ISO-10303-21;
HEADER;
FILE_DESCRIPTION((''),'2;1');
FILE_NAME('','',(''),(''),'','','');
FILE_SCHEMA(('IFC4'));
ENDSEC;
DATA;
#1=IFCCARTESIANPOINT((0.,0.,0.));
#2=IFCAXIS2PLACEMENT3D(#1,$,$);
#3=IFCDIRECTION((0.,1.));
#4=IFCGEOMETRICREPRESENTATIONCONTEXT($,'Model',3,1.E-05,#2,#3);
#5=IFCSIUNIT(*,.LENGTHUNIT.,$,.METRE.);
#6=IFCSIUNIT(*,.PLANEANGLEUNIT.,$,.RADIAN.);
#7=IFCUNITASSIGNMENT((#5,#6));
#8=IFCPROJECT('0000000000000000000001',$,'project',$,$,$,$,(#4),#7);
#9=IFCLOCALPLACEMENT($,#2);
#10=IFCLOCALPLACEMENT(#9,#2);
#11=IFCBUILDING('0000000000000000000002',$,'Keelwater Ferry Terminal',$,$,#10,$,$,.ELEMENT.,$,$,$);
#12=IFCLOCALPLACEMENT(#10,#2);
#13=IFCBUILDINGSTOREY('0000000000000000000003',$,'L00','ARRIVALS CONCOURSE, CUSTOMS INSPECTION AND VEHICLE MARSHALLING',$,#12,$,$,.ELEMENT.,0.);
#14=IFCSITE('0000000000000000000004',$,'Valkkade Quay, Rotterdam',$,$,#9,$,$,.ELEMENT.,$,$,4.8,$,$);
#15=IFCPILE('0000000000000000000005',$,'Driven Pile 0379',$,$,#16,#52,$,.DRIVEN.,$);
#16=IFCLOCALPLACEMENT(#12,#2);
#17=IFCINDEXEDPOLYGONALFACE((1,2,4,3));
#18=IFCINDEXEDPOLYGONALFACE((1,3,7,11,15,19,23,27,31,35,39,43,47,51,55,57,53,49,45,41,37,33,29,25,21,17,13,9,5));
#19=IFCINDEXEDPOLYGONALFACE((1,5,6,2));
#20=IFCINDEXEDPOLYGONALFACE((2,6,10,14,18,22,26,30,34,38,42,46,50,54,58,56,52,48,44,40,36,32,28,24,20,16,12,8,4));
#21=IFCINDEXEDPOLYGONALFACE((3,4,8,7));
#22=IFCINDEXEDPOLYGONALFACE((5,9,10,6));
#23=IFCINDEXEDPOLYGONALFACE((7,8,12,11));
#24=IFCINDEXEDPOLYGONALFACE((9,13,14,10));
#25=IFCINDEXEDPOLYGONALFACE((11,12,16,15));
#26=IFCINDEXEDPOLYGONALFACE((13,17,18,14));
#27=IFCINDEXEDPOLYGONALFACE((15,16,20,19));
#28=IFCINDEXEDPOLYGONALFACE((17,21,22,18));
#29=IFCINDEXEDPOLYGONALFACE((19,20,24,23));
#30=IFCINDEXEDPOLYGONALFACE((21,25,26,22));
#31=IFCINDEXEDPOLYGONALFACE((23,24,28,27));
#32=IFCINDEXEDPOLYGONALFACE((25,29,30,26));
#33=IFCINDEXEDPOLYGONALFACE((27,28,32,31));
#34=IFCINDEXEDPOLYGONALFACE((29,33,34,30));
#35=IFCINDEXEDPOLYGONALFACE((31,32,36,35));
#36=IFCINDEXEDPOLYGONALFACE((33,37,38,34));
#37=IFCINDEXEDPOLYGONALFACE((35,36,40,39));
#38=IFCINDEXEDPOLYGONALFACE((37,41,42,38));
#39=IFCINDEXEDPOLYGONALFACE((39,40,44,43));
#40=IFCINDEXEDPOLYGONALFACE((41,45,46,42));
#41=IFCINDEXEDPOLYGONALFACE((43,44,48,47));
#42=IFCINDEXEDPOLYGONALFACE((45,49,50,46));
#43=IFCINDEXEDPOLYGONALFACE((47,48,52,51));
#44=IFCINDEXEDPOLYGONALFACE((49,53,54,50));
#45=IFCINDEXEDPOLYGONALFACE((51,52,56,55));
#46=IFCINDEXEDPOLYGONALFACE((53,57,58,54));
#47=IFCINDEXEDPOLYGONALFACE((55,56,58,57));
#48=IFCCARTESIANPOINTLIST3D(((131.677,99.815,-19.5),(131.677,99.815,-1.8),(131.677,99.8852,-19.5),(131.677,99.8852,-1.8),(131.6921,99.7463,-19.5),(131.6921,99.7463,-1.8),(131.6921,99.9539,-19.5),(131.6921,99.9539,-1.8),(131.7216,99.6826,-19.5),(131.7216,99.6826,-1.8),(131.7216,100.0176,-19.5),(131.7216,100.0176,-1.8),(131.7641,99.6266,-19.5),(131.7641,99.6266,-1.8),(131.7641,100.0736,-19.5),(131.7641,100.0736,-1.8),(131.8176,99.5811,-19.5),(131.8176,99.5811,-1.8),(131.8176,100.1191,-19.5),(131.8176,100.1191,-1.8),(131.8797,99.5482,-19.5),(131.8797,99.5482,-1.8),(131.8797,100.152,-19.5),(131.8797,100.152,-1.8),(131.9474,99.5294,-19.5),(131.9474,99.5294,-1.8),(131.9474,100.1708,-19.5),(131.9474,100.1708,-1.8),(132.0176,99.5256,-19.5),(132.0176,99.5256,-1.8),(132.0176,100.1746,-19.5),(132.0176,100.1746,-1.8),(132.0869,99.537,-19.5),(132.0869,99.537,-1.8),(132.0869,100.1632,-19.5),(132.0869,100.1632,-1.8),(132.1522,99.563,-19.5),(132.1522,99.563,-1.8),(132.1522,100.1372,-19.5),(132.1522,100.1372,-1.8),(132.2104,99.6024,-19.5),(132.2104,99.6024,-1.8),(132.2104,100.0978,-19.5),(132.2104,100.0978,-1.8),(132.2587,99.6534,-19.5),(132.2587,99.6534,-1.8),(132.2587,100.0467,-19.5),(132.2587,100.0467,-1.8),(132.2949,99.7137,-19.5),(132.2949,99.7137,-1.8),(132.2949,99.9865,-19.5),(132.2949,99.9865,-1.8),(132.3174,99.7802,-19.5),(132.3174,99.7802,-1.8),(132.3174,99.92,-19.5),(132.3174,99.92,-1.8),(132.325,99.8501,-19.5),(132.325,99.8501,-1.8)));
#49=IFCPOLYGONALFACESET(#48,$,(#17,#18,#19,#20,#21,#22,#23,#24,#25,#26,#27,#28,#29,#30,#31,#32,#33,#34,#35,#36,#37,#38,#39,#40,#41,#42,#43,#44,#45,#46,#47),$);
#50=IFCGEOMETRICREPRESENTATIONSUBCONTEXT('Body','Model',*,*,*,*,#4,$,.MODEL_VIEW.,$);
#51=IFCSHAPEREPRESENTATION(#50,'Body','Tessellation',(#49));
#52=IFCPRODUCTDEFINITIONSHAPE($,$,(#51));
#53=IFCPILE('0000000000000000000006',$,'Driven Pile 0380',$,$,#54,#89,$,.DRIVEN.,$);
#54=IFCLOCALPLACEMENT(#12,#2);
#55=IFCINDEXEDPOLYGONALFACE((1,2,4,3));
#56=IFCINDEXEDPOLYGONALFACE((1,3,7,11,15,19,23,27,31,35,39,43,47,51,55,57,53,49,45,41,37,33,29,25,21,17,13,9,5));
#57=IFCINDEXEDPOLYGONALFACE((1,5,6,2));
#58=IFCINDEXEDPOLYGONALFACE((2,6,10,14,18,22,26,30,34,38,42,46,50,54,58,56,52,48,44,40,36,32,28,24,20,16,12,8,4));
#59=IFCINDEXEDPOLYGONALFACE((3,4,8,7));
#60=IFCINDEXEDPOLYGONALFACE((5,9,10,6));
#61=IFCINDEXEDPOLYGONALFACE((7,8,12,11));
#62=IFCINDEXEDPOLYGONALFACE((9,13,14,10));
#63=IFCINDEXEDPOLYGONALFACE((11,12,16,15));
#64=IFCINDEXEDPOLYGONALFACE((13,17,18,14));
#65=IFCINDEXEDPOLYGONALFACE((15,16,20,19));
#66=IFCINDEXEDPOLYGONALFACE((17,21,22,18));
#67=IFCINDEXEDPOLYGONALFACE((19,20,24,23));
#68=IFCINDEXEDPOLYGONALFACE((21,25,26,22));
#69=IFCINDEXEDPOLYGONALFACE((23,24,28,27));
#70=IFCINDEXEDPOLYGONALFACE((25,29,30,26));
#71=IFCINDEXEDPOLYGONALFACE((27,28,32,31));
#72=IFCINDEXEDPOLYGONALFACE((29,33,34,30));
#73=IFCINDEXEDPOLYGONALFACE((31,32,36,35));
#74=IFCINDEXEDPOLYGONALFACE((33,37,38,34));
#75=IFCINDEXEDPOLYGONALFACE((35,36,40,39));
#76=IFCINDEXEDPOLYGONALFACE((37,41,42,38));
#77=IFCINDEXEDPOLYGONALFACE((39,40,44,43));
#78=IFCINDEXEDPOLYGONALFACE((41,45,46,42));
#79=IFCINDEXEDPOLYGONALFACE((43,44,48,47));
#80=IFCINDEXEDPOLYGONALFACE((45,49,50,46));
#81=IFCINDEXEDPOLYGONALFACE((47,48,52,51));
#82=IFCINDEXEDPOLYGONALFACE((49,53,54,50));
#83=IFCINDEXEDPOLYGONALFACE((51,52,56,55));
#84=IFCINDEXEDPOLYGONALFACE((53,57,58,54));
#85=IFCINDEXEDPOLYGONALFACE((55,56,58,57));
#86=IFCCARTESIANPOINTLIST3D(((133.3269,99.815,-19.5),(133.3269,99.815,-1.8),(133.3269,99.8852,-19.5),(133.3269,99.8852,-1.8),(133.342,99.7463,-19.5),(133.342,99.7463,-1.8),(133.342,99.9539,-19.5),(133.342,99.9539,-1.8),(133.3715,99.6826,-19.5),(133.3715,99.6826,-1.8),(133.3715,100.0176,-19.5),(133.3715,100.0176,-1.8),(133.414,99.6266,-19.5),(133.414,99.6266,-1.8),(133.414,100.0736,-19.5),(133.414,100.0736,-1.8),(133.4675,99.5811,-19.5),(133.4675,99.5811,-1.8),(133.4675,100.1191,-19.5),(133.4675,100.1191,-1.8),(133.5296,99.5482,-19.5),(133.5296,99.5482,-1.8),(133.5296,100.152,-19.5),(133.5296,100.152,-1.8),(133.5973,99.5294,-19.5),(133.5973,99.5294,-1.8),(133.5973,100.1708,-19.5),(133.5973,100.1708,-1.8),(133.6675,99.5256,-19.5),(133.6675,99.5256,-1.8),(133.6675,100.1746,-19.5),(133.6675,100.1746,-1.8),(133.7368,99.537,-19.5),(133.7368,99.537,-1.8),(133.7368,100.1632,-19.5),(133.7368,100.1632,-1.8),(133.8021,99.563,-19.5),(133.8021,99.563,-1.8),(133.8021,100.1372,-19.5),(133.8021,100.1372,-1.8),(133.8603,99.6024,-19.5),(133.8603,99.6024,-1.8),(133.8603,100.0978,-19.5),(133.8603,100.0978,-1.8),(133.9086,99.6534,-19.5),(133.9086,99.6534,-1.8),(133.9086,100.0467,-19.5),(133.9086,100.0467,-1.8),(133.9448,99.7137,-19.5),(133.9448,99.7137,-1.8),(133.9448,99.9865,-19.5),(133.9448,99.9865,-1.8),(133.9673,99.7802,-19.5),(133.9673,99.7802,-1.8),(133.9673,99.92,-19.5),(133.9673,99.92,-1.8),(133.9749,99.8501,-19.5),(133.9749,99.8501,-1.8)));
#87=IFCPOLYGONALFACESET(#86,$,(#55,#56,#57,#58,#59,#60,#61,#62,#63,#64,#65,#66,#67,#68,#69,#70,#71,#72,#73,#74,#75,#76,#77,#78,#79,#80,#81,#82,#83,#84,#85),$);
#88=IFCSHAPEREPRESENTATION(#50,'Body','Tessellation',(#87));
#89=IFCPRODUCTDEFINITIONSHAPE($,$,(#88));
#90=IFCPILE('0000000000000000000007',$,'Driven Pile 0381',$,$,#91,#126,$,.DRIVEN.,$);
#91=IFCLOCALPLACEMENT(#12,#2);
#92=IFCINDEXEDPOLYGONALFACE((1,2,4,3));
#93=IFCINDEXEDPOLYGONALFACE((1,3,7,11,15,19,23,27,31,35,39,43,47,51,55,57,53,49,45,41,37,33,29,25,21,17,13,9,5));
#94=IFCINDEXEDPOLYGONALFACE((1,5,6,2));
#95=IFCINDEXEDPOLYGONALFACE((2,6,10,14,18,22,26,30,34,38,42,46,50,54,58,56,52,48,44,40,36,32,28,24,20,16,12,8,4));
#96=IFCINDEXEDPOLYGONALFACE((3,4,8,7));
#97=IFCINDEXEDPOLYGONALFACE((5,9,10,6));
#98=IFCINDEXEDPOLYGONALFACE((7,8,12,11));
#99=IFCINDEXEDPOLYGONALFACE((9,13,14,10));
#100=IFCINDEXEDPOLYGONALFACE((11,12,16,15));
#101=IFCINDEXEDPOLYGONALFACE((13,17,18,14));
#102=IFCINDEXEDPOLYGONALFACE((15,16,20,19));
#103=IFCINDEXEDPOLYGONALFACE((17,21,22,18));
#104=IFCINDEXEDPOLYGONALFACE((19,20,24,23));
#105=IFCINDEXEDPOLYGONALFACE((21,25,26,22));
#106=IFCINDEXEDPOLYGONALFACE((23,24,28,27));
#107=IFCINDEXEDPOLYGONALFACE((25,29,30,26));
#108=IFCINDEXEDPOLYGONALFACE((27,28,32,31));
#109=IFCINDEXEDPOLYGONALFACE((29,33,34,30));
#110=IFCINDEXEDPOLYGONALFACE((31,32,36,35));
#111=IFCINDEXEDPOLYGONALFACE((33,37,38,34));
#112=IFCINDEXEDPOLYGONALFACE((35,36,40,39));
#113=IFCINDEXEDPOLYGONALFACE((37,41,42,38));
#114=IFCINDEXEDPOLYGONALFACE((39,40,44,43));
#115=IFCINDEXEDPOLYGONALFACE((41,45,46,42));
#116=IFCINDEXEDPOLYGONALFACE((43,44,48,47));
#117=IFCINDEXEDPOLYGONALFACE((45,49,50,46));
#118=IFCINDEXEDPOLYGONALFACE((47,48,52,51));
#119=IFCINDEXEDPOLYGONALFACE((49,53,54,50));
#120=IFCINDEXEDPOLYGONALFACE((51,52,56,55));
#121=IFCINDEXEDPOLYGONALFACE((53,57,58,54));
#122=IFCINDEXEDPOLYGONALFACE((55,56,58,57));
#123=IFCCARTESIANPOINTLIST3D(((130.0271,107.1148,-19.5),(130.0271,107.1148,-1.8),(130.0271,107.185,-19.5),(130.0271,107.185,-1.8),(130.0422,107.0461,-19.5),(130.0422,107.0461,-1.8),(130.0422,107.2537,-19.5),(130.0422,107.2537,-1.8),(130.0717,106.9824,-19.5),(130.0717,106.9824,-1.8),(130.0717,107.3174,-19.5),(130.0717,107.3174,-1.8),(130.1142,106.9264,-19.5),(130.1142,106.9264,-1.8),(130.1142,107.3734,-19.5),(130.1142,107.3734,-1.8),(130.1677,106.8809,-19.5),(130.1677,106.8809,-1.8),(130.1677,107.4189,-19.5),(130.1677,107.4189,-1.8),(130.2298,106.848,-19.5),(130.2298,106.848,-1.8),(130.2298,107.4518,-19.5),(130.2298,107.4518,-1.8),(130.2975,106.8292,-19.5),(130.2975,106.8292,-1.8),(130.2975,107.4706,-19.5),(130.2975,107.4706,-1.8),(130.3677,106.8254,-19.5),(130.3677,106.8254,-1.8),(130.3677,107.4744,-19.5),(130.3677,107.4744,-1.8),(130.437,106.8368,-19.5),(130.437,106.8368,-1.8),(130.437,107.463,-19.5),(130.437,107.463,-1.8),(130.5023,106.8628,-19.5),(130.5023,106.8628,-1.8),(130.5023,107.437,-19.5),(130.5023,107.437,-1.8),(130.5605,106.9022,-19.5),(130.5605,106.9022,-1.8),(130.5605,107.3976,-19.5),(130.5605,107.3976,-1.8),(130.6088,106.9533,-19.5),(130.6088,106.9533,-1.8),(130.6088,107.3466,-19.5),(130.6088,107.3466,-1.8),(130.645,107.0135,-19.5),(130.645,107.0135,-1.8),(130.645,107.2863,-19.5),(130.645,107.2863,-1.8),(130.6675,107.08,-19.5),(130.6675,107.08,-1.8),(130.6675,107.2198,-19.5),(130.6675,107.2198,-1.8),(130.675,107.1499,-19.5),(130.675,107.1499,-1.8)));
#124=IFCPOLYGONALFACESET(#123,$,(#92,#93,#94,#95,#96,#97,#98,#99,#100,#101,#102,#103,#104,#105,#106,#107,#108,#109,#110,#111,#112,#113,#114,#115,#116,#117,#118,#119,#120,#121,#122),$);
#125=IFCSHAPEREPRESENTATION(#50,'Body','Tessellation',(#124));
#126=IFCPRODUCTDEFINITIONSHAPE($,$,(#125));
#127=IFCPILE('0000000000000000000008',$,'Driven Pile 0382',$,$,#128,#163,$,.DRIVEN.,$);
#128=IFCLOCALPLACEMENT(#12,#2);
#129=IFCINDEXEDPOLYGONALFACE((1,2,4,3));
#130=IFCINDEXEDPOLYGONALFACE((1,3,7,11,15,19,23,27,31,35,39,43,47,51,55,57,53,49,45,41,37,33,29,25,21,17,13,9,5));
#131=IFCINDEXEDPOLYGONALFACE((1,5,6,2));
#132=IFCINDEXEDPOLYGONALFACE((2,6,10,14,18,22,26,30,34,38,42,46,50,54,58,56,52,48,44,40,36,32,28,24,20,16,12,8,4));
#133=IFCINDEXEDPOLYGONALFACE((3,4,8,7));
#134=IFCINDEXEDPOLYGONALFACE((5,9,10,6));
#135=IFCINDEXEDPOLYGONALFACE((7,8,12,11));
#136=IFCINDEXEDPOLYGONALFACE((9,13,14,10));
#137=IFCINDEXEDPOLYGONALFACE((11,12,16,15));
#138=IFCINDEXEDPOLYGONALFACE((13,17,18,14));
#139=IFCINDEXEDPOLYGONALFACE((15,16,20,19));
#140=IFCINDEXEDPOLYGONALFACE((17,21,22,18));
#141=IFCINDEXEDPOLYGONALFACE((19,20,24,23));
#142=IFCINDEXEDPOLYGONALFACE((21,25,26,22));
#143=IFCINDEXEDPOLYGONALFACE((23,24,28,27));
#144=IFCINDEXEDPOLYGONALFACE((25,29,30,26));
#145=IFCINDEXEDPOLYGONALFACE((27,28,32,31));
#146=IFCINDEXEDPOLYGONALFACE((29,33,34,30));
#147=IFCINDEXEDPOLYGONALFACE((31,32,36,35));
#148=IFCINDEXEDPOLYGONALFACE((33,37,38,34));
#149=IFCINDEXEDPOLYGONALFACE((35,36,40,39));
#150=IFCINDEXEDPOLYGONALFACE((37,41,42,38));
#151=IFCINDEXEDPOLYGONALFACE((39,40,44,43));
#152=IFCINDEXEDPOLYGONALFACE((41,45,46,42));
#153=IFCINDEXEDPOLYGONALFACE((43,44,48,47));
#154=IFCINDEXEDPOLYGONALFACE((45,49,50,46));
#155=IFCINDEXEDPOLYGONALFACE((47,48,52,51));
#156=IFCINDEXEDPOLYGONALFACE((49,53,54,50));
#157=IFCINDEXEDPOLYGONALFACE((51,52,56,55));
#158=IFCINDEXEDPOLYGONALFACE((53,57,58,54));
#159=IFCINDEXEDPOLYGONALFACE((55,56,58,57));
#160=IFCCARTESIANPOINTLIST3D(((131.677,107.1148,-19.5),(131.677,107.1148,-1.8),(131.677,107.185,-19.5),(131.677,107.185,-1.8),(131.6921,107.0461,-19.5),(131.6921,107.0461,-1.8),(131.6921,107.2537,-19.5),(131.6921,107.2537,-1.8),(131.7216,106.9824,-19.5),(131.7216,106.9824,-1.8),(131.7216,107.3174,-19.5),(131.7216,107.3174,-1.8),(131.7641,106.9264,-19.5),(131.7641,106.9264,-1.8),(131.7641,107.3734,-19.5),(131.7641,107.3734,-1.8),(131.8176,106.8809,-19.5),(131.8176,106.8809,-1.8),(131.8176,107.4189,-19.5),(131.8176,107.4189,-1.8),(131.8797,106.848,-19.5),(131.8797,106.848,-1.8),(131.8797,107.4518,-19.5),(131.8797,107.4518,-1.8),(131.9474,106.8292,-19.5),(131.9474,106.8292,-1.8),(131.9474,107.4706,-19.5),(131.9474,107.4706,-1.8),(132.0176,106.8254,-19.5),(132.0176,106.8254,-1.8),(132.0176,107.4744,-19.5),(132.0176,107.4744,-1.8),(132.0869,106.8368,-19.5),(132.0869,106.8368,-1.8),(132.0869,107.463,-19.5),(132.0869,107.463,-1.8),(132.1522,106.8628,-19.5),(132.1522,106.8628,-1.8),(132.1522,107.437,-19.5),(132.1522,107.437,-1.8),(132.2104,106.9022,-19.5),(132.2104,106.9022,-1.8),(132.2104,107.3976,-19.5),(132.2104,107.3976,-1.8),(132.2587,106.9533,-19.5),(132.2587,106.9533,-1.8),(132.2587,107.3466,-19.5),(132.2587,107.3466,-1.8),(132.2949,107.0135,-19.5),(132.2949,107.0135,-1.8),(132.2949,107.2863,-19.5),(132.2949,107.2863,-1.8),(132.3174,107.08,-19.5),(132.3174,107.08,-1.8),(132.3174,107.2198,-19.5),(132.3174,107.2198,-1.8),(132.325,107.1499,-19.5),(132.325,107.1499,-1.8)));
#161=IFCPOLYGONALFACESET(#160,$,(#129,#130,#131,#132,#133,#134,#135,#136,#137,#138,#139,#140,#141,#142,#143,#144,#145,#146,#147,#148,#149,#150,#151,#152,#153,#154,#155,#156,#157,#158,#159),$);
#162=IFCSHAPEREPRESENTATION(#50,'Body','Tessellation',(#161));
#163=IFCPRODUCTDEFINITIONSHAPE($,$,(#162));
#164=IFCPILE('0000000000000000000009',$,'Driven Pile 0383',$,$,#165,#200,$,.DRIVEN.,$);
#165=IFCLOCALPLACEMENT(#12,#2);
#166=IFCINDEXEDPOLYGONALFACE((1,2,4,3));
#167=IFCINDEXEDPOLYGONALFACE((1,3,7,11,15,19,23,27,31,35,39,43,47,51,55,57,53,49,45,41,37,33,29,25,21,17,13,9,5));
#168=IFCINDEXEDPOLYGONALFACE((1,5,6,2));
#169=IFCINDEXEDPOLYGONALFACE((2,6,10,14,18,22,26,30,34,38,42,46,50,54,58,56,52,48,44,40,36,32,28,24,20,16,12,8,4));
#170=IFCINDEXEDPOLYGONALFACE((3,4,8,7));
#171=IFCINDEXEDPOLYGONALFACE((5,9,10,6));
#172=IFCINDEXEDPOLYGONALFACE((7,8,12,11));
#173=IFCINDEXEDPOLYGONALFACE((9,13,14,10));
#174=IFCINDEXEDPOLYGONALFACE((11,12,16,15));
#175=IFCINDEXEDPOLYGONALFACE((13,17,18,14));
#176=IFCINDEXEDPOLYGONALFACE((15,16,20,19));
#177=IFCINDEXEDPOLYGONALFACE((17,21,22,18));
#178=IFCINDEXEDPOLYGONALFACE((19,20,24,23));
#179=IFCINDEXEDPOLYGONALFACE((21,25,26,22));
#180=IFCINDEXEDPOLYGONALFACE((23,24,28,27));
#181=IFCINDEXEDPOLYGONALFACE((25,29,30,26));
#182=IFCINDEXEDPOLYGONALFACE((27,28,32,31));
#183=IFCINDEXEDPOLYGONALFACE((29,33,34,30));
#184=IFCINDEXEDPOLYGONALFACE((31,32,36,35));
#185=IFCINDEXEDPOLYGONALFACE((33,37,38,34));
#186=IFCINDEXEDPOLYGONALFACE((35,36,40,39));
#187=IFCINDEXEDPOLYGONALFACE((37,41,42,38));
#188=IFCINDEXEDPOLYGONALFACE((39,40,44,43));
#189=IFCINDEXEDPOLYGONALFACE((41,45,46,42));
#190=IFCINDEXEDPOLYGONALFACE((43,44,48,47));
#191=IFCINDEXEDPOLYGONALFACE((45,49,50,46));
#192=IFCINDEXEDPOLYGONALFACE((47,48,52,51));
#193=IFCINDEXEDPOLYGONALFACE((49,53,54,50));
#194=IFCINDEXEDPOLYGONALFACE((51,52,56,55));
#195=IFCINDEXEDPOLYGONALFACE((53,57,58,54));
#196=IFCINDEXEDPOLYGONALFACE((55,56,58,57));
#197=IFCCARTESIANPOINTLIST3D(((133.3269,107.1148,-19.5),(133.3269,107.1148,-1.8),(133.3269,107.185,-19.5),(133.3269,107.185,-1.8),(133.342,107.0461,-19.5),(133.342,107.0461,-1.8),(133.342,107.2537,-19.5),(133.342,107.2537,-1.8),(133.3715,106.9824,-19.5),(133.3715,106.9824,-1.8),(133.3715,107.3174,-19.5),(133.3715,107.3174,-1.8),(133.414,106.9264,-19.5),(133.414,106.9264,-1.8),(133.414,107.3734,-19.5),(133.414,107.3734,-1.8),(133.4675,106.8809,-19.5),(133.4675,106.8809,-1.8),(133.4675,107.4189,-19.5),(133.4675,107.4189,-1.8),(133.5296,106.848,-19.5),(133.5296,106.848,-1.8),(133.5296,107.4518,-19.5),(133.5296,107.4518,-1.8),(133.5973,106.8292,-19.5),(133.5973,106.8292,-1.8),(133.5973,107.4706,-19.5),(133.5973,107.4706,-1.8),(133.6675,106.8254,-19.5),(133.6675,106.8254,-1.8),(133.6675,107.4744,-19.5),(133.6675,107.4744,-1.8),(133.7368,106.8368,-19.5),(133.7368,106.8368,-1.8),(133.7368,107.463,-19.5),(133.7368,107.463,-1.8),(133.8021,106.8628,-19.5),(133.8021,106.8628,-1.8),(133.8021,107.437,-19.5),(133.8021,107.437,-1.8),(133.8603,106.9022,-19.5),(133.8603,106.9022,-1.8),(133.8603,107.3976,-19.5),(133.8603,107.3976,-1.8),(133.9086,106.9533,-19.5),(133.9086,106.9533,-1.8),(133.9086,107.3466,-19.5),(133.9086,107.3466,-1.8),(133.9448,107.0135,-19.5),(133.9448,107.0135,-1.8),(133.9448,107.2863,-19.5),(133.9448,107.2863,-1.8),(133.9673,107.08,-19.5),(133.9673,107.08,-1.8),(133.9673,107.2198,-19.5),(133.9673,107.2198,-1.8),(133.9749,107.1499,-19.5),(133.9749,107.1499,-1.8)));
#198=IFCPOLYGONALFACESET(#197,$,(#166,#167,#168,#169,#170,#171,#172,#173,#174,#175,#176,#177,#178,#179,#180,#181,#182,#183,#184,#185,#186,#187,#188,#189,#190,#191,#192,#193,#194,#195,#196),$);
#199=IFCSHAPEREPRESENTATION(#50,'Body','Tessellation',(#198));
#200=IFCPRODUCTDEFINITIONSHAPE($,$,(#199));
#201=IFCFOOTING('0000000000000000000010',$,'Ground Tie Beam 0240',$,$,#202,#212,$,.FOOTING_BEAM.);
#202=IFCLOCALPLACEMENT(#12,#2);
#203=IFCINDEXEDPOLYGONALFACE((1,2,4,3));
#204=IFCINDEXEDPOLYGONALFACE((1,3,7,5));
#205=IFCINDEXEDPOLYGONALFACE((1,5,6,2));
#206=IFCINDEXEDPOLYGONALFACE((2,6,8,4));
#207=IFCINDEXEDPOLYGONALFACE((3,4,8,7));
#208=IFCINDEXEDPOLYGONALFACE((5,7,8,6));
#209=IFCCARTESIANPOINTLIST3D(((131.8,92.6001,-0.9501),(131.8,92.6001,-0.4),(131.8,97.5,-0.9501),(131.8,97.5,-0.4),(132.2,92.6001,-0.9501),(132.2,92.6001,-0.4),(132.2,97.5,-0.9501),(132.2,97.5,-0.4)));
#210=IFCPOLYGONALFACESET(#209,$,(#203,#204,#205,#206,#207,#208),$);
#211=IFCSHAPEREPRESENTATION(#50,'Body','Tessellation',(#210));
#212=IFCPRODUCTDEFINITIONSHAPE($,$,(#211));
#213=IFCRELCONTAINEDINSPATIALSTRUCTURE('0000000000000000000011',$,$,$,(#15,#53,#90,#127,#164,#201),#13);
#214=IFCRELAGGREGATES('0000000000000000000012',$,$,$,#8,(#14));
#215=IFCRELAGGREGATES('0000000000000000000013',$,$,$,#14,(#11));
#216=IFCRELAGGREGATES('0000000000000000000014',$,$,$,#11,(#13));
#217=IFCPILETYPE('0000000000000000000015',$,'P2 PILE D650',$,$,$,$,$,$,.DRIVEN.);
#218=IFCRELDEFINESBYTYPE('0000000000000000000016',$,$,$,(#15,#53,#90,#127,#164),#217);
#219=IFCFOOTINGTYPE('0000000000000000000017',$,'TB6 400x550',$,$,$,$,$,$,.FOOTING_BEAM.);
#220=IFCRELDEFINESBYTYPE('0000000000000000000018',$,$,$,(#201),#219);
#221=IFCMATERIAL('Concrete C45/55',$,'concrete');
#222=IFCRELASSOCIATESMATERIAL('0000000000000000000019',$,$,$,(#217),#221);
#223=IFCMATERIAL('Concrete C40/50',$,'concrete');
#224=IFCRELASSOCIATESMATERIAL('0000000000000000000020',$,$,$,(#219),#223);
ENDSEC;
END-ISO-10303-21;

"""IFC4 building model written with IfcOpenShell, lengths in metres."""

from ifc_helpers import new_model, si_unit, direction, frame, origin, origin_2d, place, context, subcontext, project, spatial, rectangle, circle, extrude, material, material_profile, profile_set, type_object, element, save


model = new_model("IFC4")

# Units and contexts
model_context = context("Model", 3, precision=1e-05, world=origin(), true_north=direction((0.0, 1.0)))
body_context = subcontext(model_context, "Body", "Model", "MODEL_VIEW")
ifc_project = project(units=[si_unit("LENGTHUNIT", "METRE"), si_unit("PLANEANGLEUNIT", "RADIAN")], contexts=[model_context])

# Site, building, storey
site_placement = place(None, origin())
site = spatial("IfcSite", under=ifc_project, at=site_placement, Name="Valkkade Quay, Rotterdam", CompositionType="ELEMENT", RefElevation=4.8)
building_placement = place(site_placement, origin())
building = spatial("IfcBuilding", under=site, at=building_placement, Name="Keelwater Ferry Terminal", CompositionType="ELEMENT")
storey_placement = place(building_placement, origin())
storey = spatial("IfcBuildingStorey", under=building, at=storey_placement, Name="L00", Description="ARRIVALS CONCOURSE, CUSTOMS INSPECTION AND VEHICLE MARSHALLING", CompositionType="ELEMENT", Elevation=0.0)

# Piles
ifc_material_1 = material(Name="Concrete C45/55", Category="concrete")
ifc_material_profile_1 = material_profile(ifc_material_1, circle(Radius=0.325, at=origin_2d()), Name="PILE D650")
ifc_profile_set_1 = profile_set([ifc_material_profile_1], Name="Concrete C45/55")
pile_type_1 = type_object("IfcPileType", Name="P2 PILE D650", PredefinedType="DRIVEN", material=ifc_profile_set_1)
for number, where, z_axis, x_axis, name in (
    (1, (132.0, 99.8501, -1.8), (0.0, 0.0, -1.0), (1.0, 0.0, 0.0), "Driven Pile 0379"),
    (2, (133.6499, 99.8501, -1.8), (0.0, 0.0, -1.0), (1.0, 0.0, 0.0), "Driven Pile 0380"),
    (3, (130.3501, 107.1499, -1.8), (0.0, 0.0, -1.0), (1.0, 0.0, 0.0), "Driven Pile 0381"),
    (4, (132.0, 107.1499, -1.8), (0.0, 0.0, -1.0), (1.0, 0.0, 0.0), "Driven Pile 0382"),
    (5, (133.6499, 107.1499, -1.8), (0.0, 0.0, -1.0), (1.0, 0.0, 0.0), "Driven Pile 0383"),
):
    element("IfcPile", number, at=place(storey_placement, frame(where, z_axis=z_axis, x_axis=x_axis)), inside=storey, type_object=pile_type_1, Name=name, PredefinedType="DRIVEN", context=body_context, shape_type="SweptSolid", body=[
        extrude(circle(Radius=0.325, at=origin_2d()), origin(), (0.0, 0.0, 1.0), 17.7),
    ])

# Footing
ifc_material_2 = material(Name="Concrete C40/50", Category="concrete")
ifc_material_profile_2 = material_profile(ifc_material_2, rectangle(XDim=0.3999, YDim=0.55, at=origin_2d()), Name="TB 400x550")
ifc_profile_set_2 = profile_set([ifc_material_profile_2], Name="Concrete C40/50")
footing_type = type_object("IfcFootingType", Name="TB6 400x550", PredefinedType="FOOTING_BEAM", material=ifc_profile_set_2)
footing_1_placement = place(storey_placement, frame((132.0, 92.6001, -0.675), z_axis=(0.0, 1.0, 0.0), x_axis=(-1.0, 0.0, 0.0)))
element("IfcFooting", 6, at=footing_1_placement, inside=storey, type_object=footing_type, Name="Ground Tie Beam 0240", PredefinedType="FOOTING_BEAM", context=body_context, shape_type="SweptSolid", body=[
    extrude(rectangle(XDim=0.3999, YDim=0.55, at=origin_2d()), origin(), (0.0, 0.0, 1.0), 4.8999),
])

save(model, "model.ifc")
